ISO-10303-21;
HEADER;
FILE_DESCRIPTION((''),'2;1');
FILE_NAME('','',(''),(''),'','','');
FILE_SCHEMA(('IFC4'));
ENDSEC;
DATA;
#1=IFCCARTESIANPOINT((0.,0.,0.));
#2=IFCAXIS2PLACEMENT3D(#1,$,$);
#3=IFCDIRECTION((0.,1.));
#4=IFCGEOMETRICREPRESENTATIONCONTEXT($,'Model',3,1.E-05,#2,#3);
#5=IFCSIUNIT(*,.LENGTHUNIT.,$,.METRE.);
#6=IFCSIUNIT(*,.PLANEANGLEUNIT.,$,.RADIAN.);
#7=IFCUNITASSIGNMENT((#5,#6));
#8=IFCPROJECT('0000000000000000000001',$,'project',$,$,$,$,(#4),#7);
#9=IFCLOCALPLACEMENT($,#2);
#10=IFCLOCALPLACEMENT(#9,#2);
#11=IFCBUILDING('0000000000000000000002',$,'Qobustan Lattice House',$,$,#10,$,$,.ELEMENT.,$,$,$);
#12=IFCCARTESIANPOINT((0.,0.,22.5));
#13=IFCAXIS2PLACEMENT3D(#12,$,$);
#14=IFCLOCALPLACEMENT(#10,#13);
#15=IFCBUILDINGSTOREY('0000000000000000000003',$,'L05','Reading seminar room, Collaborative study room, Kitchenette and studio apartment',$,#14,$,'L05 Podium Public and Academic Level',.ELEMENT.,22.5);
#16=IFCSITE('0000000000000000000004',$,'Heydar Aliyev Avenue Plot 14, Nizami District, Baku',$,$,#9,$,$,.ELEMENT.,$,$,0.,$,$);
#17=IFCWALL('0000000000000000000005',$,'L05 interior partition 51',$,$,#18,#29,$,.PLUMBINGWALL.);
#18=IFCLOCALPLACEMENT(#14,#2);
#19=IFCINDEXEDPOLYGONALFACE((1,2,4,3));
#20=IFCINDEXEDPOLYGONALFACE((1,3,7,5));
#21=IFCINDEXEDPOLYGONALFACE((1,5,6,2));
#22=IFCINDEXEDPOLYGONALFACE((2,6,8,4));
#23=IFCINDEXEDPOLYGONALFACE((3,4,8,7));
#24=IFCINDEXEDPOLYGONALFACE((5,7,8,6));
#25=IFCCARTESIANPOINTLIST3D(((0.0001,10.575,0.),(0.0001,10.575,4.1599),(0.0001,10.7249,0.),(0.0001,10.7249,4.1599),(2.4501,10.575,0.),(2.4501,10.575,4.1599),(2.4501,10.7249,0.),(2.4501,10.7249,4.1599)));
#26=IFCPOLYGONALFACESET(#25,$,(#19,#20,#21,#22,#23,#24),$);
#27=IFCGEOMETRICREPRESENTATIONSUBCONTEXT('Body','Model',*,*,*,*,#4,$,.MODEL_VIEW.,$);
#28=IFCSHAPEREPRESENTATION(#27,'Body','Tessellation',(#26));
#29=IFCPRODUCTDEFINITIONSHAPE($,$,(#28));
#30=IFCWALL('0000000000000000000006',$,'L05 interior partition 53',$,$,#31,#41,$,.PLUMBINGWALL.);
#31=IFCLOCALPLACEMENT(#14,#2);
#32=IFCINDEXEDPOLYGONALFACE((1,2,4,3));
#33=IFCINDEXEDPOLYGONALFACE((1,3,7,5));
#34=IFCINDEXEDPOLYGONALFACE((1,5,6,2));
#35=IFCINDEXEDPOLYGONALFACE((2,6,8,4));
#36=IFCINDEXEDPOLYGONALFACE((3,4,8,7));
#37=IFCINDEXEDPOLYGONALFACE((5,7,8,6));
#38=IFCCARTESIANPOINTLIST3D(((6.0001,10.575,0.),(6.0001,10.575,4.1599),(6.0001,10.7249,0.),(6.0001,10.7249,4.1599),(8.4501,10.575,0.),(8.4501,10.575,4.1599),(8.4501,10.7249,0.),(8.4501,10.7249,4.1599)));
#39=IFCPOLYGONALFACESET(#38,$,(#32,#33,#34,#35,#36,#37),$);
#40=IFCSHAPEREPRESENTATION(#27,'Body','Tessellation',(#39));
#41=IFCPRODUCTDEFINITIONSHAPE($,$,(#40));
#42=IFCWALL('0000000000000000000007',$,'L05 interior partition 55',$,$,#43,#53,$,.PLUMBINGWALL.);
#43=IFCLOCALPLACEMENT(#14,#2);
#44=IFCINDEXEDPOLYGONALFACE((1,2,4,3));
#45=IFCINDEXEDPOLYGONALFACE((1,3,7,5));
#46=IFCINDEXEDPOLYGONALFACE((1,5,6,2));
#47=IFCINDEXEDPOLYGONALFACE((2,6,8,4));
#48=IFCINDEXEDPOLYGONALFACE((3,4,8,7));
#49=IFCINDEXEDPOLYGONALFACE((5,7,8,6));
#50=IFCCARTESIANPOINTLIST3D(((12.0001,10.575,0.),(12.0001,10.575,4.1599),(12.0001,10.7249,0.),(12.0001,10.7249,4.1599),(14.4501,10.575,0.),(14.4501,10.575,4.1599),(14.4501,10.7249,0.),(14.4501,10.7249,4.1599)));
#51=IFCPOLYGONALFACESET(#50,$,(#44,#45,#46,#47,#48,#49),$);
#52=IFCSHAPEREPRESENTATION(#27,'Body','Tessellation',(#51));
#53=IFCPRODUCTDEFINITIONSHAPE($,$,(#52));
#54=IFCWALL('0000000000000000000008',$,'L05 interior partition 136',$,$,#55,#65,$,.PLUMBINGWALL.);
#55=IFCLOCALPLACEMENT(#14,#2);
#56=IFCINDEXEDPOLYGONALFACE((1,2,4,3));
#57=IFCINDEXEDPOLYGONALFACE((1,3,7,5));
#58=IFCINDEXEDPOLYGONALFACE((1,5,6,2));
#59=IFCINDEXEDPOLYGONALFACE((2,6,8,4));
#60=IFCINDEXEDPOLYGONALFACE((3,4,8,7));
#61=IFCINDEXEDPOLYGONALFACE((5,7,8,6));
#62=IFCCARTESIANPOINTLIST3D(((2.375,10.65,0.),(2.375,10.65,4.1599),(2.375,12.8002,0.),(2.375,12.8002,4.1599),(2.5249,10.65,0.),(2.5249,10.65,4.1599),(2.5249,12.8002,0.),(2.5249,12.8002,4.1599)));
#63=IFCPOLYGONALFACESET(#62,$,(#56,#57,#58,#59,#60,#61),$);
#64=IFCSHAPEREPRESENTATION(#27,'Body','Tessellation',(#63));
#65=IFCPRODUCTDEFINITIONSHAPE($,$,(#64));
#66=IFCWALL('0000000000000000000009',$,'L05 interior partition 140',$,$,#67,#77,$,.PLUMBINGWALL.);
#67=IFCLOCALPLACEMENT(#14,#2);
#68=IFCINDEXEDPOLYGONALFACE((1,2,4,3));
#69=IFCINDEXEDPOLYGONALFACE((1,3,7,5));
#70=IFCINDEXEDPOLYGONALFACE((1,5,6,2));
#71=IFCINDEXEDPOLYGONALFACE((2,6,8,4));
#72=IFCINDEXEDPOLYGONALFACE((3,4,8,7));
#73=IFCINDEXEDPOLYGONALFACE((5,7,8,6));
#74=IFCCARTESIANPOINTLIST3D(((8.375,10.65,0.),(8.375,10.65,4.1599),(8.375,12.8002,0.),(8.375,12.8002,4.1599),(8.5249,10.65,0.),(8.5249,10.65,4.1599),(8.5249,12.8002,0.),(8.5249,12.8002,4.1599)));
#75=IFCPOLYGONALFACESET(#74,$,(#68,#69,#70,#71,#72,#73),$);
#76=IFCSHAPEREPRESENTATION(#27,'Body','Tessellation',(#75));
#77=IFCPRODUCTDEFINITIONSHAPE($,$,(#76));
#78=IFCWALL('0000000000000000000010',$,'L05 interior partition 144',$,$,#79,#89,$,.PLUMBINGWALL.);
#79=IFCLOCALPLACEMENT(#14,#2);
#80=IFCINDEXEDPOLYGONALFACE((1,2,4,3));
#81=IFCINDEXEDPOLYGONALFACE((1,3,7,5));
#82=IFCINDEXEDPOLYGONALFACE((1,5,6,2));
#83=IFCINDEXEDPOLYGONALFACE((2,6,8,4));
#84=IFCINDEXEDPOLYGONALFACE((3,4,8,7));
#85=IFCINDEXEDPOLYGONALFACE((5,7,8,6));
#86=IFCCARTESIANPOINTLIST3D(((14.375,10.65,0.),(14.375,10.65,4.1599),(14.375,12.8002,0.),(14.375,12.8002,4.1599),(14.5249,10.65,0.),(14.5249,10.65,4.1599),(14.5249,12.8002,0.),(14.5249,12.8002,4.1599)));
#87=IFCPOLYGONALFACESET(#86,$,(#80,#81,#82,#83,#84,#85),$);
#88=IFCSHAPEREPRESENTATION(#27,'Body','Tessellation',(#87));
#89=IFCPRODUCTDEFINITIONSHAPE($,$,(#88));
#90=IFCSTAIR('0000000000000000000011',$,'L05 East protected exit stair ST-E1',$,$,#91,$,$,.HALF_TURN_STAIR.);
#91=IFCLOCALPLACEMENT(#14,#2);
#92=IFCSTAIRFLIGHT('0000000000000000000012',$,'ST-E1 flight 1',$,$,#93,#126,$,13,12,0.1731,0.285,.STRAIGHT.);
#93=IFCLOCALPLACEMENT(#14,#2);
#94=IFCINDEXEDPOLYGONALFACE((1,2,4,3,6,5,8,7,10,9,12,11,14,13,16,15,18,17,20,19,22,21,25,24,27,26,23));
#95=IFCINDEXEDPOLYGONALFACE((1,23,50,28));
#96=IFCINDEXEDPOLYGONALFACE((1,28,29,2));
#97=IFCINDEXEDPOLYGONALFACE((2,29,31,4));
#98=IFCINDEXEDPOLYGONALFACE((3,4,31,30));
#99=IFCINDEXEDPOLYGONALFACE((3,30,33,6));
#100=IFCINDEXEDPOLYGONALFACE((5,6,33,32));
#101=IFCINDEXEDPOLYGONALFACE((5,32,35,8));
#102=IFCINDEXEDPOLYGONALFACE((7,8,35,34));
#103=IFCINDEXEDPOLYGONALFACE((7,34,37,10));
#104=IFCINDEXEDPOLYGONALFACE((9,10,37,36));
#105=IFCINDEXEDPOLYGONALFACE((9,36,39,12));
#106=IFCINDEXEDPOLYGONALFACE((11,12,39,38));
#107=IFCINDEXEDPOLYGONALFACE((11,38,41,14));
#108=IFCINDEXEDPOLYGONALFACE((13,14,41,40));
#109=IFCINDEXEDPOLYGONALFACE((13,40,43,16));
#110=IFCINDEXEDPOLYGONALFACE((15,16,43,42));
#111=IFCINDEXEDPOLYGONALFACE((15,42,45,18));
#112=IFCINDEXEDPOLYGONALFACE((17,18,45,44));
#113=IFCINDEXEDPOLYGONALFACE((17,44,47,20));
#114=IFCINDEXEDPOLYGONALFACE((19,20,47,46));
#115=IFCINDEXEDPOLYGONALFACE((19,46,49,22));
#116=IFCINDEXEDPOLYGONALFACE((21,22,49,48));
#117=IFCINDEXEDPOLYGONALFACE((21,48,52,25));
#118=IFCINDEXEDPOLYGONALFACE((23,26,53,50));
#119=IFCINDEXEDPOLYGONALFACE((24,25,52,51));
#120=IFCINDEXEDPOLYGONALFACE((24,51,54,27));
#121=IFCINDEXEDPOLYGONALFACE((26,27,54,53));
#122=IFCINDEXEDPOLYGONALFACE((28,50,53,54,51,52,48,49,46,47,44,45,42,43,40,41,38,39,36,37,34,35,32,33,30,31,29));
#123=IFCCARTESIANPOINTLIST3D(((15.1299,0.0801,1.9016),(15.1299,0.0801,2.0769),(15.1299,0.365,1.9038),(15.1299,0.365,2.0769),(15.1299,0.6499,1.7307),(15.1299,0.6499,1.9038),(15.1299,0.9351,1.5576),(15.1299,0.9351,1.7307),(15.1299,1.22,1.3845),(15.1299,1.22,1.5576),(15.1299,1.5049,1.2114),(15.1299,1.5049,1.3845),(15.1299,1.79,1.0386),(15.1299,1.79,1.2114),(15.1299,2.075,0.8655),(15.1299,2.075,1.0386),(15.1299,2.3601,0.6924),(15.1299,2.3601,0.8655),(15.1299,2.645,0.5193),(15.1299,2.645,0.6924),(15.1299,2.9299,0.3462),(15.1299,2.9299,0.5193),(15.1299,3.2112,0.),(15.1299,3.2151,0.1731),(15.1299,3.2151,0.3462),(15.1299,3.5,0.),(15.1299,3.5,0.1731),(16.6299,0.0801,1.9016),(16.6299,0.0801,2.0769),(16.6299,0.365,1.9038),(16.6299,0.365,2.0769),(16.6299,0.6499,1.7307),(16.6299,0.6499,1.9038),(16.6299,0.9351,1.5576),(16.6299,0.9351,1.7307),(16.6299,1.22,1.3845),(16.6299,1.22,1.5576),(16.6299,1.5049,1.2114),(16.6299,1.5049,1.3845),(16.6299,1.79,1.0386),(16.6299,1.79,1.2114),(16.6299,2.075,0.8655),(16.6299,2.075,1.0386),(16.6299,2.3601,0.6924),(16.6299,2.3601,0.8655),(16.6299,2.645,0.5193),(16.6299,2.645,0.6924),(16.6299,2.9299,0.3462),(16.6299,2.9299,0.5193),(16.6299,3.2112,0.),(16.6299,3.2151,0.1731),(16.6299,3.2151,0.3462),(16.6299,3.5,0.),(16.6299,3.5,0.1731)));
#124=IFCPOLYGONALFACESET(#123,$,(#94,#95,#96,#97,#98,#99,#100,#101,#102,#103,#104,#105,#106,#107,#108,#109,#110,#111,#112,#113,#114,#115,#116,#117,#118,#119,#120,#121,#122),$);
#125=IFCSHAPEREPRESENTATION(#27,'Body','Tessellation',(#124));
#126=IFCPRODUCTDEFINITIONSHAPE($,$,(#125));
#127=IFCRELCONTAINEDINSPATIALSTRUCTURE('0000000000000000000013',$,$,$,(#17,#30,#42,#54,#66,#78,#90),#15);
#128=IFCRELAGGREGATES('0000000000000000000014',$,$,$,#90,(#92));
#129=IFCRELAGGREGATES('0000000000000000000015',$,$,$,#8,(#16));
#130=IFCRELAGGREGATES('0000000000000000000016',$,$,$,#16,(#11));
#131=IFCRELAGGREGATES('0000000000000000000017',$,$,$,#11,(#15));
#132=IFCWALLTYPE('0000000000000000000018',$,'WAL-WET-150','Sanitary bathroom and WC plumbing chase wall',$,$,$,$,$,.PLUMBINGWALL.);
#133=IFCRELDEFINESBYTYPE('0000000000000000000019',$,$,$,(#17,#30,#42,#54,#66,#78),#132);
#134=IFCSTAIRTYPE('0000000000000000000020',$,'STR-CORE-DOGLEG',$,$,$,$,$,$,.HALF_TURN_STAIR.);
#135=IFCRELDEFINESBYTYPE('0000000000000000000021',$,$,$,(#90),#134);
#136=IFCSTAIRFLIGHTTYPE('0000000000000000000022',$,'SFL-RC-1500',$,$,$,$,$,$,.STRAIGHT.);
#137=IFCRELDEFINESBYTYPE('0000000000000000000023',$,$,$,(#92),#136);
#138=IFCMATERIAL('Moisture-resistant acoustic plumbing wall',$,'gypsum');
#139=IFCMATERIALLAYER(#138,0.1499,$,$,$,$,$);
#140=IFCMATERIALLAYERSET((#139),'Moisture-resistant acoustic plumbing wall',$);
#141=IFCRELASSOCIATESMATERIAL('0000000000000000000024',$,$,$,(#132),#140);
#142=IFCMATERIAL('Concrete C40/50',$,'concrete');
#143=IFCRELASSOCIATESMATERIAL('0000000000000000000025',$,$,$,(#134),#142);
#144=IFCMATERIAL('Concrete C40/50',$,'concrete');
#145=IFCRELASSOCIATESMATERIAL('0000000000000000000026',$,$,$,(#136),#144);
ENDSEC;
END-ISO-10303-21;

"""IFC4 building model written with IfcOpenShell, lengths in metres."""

from ifc_helpers import new_model, si_unit, direction, frame, frame_2d, origin, place, context, subcontext, project, spatial, polyline, rectangle, outline, extrude, material, layer, layer_set, type_object, element, aggregate, save


model = new_model("IFC4")

# Units and contexts
model_context = context("Model", 3, precision=1e-05, world=origin(), true_north=direction((0.0, 1.0)))
body_context = subcontext(model_context, "Body", "Model", "MODEL_VIEW")
ifc_project = project(units=[si_unit("LENGTHUNIT", "METRE"), si_unit("PLANEANGLEUNIT", "RADIAN")], contexts=[model_context])

# Site, building, storey
site_placement = place(None, origin())
site = spatial("IfcSite", under=ifc_project, at=site_placement, Name="Heydar Aliyev Avenue Plot 14, Nizami District, Baku", CompositionType="ELEMENT", RefElevation=0.0)
building_placement = place(site_placement, origin())
building = spatial("IfcBuilding", under=site, at=building_placement, Name="Qobustan Lattice House", CompositionType="ELEMENT")
storey_placement = place(building_placement, frame((0.0, 0.0, 22.5)))
storey = spatial("IfcBuildingStorey", under=building, at=storey_placement, Name="L05", Description="Reading seminar room, Collaborative study room, Kitchenette and studio apartment", LongName="L05 Podium Public and Academic Level", CompositionType="ELEMENT", Elevation=22.5)

# Walls
ifc_material_1 = material(Name="Moisture-resistant acoustic plumbing wall", Category="gypsum")
ifc_layer_1 = layer(ifc_material_1, 0.1499)
ifc_layer_set_1 = layer_set([ifc_layer_1], Name="Moisture-resistant acoustic plumbing wall")
wall_type_1 = type_object("IfcWallType", Name="WAL-WET-150", Description="Sanitary bathroom and WC plumbing chase wall", PredefinedType="PLUMBINGWALL", material=ifc_layer_set_1)
for number, where, z_axis, x_axis, name in (
    (1, (0.0, 10.6499, 0.0), (0.0, 0.0, 1.0), (1.0, 0.0, 0.0), "L05 interior partition 51"),
    (2, (6.0, 10.6499, 0.0), (0.0, 0.0, 1.0), (1.0, 0.0, 0.0), "L05 interior partition 53"),
    (3, (12.0, 10.6499, 0.0), (0.0, 0.0, 1.0), (1.0, 0.0, 0.0), "L05 interior partition 55"),
):
    element("IfcWall", number, at=place(storey_placement, frame(where, z_axis=z_axis, x_axis=x_axis)), inside=storey, type_object=wall_type_1, Name=name, PredefinedType="PLUMBINGWALL", context=body_context, shape_type="SweptSolid", body=[
        extrude(rectangle(XDim=2.45, YDim=0.1499, at=frame_2d((1.2251, 0.0))), origin(), (0.0, 0.0, 1.0), 4.1599),
    ])
for number, where, z_axis, x_axis, name in (
    (4, (2.45, 10.6499, 0.0), (0.0, 0.0, 1.0), (0.0, 1.0, 0.0), "L05 interior partition 136"),
    (5, (8.45, 10.6499, 0.0), (0.0, 0.0, 1.0), (0.0, 1.0, 0.0), "L05 interior partition 140"),
    (6, (14.45, 10.6499, 0.0), (0.0, 0.0, 1.0), (0.0, 1.0, 0.0), "L05 interior partition 144"),
):
    element("IfcWall", number, at=place(storey_placement, frame(where, z_axis=z_axis, x_axis=x_axis)), inside=storey, type_object=wall_type_1, Name=name, PredefinedType="PLUMBINGWALL", context=body_context, shape_type="SweptSolid", body=[
        extrude(rectangle(XDim=2.1501, YDim=0.1499, at=frame_2d((1.0752, 0.0))), origin(), (0.0, 0.0, 1.0), 4.1599),
    ])

# Stair, stair flight
ifc_material_2 = material(Name="Concrete C40/50", Category="concrete")
stair_type = type_object("IfcStairType", Name="STR-CORE-DOGLEG", PredefinedType="HALF_TURN_STAIR", material=ifc_material_2)
stair_placement = place(storey_placement, origin())
stair = element("IfcStair", 7, at=stair_placement, inside=storey, type_object=stair_type, Name="L05 East protected exit stair ST-E1", PredefinedType="HALF_TURN_STAIR")
ifc_material_3 = material(Name="Concrete C40/50", Category="concrete")
stair_flight_type = type_object("IfcStairFlightType", Name="SFL-RC-1500", PredefinedType="STRAIGHT", material=ifc_material_3)
stair_flight_placement = place(storey_placement, frame((15.8799, 3.5, 0.0), z_axis=(0.0, 0.0, 1.0), x_axis=(0.0, -1.0, 0.0)))
stair_flight = element("IfcStairFlight", 8, at=stair_flight_placement, type_object=stair_flight_type, Name="ST-E1 flight 1", NumberOfRisers=13, NumberOfTreads=12, PredefinedType="STRAIGHT", RiserHeight=0.1731, TreadLength=0.285, context=body_context, shape_type="SweptSolid", body=[
    extrude(outline(polyline([(0.0, 0.0), (0.0, 0.1731), (0.2849, 0.1731), (0.2849, 0.3462), (0.5701, 0.3462), (0.5701, 0.5193), (0.855, 0.5193), (0.855, 0.6924), (1.1399, 0.6924), (1.1399, 0.8655), (1.425, 0.8655), (1.425, 1.0386), (1.71, 1.0386), (1.71, 1.2114), (1.9951, 1.2114), (1.9951, 1.3845), (2.28, 1.3845), (2.28, 1.5576), (2.5649, 1.5576), (2.5649, 1.7307), (2.8501, 1.7307), (2.8501, 1.9038), (3.135, 1.9038), (3.135, 2.0769), (3.4199, 2.0769), (3.4199, 2.25), (3.4199, 1.9016), (0.2888, 0.0), (0.0, 0.0)])), frame((0.0, 0.75, 0.0), z_axis=(0.0, -1.0, 0.0), x_axis=(1.0, 0.0, 0.0)), (0.0, 0.0, 1.0), 1.5),
])
aggregate(stair, [stair_flight])

save(model, "model.ifc")
